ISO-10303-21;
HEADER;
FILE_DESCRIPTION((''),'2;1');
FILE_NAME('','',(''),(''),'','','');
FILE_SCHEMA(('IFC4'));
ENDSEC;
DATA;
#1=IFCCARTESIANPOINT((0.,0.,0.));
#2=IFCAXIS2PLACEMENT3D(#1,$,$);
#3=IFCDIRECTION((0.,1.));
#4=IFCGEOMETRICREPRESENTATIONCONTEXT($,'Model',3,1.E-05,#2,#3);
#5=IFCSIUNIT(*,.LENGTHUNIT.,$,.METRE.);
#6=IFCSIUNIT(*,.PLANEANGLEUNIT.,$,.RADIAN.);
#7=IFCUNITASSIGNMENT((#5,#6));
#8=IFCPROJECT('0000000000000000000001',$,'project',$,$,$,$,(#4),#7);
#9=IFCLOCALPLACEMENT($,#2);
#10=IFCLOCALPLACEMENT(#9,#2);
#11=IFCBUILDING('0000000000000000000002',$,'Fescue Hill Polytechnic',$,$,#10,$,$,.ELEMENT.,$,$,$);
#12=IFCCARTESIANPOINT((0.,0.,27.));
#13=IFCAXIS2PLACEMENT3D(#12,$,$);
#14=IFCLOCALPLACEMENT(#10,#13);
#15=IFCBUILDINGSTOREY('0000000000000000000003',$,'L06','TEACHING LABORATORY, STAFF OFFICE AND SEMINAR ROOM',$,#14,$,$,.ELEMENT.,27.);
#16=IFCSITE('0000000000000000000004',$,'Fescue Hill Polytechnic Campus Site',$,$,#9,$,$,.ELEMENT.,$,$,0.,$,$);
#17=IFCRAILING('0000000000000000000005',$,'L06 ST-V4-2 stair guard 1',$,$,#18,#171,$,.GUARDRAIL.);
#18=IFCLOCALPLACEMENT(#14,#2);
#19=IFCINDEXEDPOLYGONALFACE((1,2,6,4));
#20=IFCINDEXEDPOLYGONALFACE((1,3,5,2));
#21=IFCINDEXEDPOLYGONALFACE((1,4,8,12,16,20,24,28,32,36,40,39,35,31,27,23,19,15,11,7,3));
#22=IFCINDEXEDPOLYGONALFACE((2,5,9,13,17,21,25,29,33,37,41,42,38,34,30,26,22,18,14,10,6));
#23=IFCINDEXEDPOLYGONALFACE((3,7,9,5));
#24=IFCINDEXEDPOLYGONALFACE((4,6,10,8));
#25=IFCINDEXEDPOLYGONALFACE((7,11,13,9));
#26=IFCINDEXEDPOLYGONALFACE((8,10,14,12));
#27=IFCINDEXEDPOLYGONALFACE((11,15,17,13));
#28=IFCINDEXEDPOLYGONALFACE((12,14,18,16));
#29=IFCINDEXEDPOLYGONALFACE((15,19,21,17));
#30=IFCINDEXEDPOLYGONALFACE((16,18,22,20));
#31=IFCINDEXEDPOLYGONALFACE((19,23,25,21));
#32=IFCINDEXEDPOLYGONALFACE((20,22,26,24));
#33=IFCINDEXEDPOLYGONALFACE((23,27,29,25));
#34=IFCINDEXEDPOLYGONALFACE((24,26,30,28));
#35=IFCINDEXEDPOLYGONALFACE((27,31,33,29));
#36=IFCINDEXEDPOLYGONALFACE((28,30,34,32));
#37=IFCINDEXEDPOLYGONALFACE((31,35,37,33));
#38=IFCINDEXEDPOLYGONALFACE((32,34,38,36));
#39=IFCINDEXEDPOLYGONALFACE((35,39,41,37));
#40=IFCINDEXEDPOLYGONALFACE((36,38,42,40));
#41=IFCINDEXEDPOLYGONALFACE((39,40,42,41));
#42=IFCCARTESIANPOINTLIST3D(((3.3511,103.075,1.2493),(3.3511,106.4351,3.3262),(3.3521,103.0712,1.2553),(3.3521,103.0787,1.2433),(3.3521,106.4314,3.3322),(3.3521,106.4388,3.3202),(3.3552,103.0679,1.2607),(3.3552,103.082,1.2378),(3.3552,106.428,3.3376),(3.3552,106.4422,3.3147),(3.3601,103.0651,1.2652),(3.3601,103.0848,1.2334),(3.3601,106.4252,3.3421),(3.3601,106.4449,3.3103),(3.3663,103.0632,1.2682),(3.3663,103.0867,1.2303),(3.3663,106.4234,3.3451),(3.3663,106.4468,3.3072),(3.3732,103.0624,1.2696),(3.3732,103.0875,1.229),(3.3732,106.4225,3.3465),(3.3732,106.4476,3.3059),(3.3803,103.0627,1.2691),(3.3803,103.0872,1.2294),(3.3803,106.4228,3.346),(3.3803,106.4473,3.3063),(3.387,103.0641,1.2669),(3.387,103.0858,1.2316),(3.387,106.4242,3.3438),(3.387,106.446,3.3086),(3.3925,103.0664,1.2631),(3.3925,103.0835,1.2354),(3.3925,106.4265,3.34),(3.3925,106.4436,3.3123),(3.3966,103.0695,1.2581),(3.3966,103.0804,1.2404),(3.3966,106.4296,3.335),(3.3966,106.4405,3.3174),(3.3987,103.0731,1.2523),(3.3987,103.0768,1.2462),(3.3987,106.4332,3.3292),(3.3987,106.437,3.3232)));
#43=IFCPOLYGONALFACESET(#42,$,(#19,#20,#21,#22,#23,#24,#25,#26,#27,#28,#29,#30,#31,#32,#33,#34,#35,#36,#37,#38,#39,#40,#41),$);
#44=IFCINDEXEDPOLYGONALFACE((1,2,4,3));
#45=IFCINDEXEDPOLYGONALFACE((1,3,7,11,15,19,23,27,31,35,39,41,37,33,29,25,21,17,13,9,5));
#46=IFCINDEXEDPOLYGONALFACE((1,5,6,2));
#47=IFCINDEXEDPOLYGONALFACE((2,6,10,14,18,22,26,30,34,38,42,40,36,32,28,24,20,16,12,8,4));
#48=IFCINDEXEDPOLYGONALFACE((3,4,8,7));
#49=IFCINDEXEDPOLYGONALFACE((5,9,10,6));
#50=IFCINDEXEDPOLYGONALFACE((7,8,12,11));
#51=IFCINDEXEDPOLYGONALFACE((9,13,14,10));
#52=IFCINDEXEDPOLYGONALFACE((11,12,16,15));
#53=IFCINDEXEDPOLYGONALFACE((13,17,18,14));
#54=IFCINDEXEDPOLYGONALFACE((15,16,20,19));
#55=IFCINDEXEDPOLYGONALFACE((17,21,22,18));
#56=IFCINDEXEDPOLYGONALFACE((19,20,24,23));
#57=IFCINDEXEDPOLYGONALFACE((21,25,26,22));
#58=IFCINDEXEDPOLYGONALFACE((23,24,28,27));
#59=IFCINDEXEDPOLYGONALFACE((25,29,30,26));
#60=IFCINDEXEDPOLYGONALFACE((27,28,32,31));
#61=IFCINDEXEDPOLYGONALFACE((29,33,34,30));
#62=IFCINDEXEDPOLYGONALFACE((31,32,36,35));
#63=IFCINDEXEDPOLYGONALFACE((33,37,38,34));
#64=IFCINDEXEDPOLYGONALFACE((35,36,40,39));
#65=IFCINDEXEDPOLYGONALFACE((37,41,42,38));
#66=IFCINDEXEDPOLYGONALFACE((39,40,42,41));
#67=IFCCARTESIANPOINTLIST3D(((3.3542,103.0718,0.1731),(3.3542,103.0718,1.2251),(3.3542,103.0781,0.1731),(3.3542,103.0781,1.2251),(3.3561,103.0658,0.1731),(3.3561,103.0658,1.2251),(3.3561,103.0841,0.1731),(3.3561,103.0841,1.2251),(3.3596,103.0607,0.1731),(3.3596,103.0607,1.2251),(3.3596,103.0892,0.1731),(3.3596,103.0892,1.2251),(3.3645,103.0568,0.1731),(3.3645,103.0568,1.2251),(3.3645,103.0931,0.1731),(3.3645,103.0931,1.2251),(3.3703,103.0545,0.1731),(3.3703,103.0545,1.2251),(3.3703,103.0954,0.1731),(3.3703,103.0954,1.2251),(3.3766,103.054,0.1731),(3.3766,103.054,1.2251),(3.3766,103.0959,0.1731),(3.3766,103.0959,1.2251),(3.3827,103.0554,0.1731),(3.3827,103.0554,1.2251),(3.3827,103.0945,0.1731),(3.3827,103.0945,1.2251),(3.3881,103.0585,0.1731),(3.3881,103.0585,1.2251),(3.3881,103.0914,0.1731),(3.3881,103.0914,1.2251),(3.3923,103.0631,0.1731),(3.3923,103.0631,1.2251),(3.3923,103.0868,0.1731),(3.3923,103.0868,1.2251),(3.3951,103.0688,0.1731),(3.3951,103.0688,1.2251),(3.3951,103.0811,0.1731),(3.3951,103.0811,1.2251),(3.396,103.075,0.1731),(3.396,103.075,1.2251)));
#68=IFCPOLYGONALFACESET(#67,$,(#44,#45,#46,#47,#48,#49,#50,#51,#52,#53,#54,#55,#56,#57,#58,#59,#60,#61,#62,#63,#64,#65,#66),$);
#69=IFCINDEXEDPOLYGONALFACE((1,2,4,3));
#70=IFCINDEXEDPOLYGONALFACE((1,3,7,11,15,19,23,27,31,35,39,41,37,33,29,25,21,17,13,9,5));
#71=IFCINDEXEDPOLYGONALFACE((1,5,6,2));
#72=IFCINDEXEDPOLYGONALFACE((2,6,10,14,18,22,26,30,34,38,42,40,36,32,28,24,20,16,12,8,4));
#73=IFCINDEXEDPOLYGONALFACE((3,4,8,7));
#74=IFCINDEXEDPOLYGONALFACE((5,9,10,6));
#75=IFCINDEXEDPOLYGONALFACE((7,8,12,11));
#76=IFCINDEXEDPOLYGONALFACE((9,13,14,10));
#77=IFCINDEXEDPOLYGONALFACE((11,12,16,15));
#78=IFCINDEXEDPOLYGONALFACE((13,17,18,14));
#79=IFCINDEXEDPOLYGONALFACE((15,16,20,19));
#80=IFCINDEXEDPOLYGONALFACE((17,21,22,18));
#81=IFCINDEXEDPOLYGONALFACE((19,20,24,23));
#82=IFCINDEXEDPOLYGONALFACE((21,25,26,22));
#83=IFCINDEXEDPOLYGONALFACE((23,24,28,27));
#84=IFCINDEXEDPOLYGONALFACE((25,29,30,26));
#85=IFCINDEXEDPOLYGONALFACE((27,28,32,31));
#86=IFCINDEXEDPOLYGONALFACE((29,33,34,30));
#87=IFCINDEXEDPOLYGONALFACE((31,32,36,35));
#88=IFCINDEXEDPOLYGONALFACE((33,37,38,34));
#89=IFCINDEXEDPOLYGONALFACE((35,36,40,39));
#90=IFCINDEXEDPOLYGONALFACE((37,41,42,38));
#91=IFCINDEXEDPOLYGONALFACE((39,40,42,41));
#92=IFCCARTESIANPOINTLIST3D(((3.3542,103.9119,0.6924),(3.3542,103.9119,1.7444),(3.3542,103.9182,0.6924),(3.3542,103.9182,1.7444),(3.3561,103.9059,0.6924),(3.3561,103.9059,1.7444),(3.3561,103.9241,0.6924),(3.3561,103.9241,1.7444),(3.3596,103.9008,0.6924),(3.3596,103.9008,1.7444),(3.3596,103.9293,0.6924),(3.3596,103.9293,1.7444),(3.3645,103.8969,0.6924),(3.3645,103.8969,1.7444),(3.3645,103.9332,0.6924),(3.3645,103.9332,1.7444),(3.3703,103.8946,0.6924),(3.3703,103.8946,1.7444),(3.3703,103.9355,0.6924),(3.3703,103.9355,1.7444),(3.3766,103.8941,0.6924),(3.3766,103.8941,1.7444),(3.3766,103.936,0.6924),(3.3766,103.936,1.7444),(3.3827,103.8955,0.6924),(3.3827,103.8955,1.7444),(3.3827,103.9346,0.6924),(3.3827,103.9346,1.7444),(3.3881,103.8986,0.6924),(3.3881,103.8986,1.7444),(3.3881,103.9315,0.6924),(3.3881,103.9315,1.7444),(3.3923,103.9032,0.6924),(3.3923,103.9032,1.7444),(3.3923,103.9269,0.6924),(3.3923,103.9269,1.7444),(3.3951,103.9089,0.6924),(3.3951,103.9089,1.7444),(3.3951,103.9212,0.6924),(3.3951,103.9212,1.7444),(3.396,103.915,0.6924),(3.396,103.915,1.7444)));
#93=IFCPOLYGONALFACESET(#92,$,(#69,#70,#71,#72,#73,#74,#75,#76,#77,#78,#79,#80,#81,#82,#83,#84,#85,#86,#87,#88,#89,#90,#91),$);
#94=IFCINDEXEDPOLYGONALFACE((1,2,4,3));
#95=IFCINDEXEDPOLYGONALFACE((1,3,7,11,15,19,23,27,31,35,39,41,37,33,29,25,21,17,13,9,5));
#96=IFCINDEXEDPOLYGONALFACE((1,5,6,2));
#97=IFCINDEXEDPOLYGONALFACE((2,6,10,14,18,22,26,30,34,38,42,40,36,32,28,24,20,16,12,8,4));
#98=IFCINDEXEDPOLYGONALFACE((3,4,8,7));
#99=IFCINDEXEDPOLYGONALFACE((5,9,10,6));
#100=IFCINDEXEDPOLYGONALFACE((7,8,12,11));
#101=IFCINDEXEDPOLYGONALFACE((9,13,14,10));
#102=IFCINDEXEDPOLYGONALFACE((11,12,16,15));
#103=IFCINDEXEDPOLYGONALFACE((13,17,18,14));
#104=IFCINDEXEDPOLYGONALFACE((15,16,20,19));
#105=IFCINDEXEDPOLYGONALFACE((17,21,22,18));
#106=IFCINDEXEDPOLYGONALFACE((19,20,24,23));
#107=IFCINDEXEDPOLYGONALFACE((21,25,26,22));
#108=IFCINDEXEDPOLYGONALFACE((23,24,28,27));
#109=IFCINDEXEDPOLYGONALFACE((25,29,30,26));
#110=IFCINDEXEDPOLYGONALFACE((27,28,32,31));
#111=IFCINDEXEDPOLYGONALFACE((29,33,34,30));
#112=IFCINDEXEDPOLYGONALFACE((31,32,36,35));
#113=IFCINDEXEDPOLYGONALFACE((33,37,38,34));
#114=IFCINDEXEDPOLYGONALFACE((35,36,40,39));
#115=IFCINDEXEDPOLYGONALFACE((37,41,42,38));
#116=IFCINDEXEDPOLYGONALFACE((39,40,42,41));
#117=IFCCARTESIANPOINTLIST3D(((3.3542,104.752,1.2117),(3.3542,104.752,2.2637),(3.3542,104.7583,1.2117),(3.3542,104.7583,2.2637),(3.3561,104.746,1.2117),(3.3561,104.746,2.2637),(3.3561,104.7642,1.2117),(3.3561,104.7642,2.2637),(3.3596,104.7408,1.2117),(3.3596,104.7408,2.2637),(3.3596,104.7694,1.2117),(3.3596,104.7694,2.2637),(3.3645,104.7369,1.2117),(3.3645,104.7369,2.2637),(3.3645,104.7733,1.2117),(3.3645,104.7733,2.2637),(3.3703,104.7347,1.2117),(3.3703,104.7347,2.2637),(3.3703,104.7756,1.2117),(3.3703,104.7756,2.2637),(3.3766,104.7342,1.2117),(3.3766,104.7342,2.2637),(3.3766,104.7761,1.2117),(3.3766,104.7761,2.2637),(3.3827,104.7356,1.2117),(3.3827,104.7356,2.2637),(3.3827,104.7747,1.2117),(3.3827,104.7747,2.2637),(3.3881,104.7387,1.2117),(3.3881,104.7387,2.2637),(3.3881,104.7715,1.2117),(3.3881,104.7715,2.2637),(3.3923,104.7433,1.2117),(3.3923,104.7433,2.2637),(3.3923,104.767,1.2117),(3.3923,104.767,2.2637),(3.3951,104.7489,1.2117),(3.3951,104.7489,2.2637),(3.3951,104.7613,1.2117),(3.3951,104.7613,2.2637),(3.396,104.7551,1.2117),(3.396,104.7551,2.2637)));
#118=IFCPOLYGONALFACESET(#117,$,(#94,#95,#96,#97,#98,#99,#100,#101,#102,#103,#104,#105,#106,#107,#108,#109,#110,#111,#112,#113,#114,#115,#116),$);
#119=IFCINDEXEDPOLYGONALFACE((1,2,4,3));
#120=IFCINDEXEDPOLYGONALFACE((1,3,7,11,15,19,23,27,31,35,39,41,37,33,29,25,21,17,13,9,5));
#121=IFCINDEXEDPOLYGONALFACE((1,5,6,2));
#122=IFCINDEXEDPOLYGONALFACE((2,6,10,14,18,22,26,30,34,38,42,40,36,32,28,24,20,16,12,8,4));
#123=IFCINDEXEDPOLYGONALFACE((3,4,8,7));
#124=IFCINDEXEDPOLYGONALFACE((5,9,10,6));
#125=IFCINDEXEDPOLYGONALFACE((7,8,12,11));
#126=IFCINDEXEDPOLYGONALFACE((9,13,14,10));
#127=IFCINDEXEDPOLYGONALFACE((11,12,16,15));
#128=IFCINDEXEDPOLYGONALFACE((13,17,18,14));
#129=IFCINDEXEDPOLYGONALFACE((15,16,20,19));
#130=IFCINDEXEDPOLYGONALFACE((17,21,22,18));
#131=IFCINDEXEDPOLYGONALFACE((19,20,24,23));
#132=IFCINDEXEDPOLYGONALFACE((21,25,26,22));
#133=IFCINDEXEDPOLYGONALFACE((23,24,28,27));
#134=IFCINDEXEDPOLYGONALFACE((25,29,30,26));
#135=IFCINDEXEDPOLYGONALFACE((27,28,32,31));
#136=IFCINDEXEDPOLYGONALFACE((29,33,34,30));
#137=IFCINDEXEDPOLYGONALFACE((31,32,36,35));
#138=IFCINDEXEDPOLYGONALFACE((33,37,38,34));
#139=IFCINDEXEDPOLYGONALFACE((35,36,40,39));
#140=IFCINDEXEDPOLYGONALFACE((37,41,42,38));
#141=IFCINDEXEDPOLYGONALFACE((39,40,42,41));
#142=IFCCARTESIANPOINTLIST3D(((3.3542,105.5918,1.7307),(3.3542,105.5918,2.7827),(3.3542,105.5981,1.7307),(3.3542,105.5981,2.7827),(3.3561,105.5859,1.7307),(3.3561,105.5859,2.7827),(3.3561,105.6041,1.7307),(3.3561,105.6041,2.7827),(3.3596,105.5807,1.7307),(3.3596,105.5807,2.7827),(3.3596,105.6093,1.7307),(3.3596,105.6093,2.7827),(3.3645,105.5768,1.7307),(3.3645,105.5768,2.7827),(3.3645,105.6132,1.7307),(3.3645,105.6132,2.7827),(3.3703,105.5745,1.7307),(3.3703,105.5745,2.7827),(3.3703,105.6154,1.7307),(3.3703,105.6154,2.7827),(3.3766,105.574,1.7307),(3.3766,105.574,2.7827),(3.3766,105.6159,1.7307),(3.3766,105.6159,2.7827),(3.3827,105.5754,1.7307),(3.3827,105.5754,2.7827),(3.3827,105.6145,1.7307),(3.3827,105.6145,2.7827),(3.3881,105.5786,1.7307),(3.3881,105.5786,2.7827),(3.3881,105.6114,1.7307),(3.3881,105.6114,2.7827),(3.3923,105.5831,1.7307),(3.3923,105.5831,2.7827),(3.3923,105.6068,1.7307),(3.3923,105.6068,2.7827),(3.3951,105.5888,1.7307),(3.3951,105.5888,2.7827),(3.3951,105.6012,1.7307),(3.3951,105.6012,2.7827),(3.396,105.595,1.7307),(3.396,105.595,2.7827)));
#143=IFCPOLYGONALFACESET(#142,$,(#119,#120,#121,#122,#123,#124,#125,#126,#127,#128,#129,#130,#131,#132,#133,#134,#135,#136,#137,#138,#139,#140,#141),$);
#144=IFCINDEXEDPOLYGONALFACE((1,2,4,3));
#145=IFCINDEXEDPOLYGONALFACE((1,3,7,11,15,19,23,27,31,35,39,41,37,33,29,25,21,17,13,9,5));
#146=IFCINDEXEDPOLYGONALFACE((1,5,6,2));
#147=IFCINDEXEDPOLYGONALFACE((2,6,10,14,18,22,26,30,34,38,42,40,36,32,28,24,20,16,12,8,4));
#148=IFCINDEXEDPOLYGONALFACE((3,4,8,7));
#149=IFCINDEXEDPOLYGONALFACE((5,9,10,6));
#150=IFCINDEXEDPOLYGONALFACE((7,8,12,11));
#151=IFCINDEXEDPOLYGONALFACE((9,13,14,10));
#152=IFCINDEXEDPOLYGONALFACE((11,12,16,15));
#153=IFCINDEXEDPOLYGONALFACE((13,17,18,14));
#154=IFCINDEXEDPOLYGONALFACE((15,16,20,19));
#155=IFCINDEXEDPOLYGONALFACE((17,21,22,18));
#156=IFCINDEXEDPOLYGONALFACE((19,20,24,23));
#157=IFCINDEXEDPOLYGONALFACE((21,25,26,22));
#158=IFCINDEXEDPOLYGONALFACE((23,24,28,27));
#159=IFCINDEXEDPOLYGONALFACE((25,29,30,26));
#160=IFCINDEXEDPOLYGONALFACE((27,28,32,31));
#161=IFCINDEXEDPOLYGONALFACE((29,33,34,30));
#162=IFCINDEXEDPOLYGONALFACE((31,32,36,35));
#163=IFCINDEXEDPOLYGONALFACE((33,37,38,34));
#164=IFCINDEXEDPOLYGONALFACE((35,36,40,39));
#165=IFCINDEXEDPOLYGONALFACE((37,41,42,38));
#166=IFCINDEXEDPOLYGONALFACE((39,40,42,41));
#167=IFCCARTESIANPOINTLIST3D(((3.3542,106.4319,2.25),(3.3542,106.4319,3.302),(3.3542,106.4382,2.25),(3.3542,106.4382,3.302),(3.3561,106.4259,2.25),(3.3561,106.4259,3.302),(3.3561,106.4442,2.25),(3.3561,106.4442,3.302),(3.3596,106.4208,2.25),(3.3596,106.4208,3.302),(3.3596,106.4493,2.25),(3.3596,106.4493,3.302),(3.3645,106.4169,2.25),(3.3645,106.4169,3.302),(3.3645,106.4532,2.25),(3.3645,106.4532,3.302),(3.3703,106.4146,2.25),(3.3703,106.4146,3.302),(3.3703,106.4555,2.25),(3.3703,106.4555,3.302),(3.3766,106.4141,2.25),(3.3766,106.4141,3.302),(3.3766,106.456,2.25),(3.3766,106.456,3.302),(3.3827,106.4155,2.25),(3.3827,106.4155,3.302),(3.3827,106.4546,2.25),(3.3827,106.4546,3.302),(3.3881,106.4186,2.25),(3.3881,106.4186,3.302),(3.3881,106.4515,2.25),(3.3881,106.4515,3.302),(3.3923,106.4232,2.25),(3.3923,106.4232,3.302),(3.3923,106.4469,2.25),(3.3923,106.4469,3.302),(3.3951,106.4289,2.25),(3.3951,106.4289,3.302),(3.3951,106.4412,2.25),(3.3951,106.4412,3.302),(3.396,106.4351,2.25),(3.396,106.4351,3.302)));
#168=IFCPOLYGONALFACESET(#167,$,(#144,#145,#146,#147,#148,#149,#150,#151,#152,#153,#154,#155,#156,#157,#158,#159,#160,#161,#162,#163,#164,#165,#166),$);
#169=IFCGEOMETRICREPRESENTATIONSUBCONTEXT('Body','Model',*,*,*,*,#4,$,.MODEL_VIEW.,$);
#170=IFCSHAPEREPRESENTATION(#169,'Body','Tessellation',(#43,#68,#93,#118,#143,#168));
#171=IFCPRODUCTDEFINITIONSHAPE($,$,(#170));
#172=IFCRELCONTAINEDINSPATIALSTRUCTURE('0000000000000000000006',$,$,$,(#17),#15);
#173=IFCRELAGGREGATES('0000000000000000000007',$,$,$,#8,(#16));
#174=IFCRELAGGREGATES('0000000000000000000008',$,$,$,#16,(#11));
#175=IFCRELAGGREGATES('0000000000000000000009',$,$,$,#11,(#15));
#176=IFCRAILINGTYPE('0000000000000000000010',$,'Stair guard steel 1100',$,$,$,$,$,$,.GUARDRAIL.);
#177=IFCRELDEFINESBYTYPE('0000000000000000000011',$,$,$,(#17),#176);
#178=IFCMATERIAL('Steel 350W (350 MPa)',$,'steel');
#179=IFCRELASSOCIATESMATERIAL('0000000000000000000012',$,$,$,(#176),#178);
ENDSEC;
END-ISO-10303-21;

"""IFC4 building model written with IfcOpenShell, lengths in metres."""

from ifc_helpers import new_model, si_unit, direction, frame, origin, origin_2d, place, context, subcontext, project, spatial, circle, extrude, material, type_object, element, save


model = new_model("IFC4")

# Units and contexts
model_context = context("Model", 3, precision=1e-05, world=origin(), true_north=direction((0.0, 1.0)))
body_context = subcontext(model_context, "Body", "Model", "MODEL_VIEW")
ifc_project = project(units=[si_unit("LENGTHUNIT", "METRE"), si_unit("PLANEANGLEUNIT", "RADIAN")], contexts=[model_context])

# Site, building, storey
site_placement = place(None, origin())
site = spatial("IfcSite", under=ifc_project, at=site_placement, Name="Fescue Hill Polytechnic Campus Site", CompositionType="ELEMENT", RefElevation=0.0)
building_placement = place(site_placement, origin())
building = spatial("IfcBuilding", under=site, at=building_placement, Name="Fescue Hill Polytechnic", CompositionType="ELEMENT")
storey_placement = place(building_placement, frame((0.0, 0.0, 27.0)))
storey = spatial("IfcBuildingStorey", under=building, at=storey_placement, Name="L06", Description="TEACHING LABORATORY, STAFF OFFICE AND SEMINAR ROOM", CompositionType="ELEMENT", Elevation=27.0)

# Railing
ifc_material_1 = material(Name="Steel 350W (350 MPa)", Category="steel")
railing_type_1 = type_object("IfcRailingType", Name="Stair guard steel 1100", PredefinedType="GUARDRAIL", material=ifc_material_1)
railing_1_placement = place(storey_placement, frame((3.375, 103.075, 0.1731)))
element("IfcRailing", 1, at=railing_1_placement, inside=storey, type_object=railing_type_1, Name="L06 ST-V4-2 stair guard 1", PredefinedType="GUARDRAIL", context=body_context, shape_type="SweptSolid", body=[
    extrude(circle(Radius=0.0239, at=origin_2d()), frame((0.0, 0.0, 1.0762), z_axis=(0.0, 0.850623, 0.525776), x_axis=(-1.0, 0.0, 0.0)), (0.0, 0.0, 1.0), 3.9502),
    extrude(circle(Radius=0.021, at=origin_2d()), origin(), (0.0, 0.0, 1.0), 1.052),
    extrude(circle(Radius=0.021, at=origin_2d()), frame((0.0, 0.8401, 0.5193)), (0.0, 0.0, 1.0), 1.052),
    extrude(circle(Radius=0.021, at=origin_2d()), frame((0.0, 1.6802, 1.0386)), (0.0, 0.0, 1.0), 1.052),
    extrude(circle(Radius=0.021, at=origin_2d()), frame((0.0, 2.52, 1.5576)), (0.0, 0.0, 1.0), 1.052),
    extrude(circle(Radius=0.021, at=origin_2d()), frame((0.0, 3.3601, 2.0769)), (0.0, 0.0, 1.0), 1.052),
])

save(model, "model.ifc")
